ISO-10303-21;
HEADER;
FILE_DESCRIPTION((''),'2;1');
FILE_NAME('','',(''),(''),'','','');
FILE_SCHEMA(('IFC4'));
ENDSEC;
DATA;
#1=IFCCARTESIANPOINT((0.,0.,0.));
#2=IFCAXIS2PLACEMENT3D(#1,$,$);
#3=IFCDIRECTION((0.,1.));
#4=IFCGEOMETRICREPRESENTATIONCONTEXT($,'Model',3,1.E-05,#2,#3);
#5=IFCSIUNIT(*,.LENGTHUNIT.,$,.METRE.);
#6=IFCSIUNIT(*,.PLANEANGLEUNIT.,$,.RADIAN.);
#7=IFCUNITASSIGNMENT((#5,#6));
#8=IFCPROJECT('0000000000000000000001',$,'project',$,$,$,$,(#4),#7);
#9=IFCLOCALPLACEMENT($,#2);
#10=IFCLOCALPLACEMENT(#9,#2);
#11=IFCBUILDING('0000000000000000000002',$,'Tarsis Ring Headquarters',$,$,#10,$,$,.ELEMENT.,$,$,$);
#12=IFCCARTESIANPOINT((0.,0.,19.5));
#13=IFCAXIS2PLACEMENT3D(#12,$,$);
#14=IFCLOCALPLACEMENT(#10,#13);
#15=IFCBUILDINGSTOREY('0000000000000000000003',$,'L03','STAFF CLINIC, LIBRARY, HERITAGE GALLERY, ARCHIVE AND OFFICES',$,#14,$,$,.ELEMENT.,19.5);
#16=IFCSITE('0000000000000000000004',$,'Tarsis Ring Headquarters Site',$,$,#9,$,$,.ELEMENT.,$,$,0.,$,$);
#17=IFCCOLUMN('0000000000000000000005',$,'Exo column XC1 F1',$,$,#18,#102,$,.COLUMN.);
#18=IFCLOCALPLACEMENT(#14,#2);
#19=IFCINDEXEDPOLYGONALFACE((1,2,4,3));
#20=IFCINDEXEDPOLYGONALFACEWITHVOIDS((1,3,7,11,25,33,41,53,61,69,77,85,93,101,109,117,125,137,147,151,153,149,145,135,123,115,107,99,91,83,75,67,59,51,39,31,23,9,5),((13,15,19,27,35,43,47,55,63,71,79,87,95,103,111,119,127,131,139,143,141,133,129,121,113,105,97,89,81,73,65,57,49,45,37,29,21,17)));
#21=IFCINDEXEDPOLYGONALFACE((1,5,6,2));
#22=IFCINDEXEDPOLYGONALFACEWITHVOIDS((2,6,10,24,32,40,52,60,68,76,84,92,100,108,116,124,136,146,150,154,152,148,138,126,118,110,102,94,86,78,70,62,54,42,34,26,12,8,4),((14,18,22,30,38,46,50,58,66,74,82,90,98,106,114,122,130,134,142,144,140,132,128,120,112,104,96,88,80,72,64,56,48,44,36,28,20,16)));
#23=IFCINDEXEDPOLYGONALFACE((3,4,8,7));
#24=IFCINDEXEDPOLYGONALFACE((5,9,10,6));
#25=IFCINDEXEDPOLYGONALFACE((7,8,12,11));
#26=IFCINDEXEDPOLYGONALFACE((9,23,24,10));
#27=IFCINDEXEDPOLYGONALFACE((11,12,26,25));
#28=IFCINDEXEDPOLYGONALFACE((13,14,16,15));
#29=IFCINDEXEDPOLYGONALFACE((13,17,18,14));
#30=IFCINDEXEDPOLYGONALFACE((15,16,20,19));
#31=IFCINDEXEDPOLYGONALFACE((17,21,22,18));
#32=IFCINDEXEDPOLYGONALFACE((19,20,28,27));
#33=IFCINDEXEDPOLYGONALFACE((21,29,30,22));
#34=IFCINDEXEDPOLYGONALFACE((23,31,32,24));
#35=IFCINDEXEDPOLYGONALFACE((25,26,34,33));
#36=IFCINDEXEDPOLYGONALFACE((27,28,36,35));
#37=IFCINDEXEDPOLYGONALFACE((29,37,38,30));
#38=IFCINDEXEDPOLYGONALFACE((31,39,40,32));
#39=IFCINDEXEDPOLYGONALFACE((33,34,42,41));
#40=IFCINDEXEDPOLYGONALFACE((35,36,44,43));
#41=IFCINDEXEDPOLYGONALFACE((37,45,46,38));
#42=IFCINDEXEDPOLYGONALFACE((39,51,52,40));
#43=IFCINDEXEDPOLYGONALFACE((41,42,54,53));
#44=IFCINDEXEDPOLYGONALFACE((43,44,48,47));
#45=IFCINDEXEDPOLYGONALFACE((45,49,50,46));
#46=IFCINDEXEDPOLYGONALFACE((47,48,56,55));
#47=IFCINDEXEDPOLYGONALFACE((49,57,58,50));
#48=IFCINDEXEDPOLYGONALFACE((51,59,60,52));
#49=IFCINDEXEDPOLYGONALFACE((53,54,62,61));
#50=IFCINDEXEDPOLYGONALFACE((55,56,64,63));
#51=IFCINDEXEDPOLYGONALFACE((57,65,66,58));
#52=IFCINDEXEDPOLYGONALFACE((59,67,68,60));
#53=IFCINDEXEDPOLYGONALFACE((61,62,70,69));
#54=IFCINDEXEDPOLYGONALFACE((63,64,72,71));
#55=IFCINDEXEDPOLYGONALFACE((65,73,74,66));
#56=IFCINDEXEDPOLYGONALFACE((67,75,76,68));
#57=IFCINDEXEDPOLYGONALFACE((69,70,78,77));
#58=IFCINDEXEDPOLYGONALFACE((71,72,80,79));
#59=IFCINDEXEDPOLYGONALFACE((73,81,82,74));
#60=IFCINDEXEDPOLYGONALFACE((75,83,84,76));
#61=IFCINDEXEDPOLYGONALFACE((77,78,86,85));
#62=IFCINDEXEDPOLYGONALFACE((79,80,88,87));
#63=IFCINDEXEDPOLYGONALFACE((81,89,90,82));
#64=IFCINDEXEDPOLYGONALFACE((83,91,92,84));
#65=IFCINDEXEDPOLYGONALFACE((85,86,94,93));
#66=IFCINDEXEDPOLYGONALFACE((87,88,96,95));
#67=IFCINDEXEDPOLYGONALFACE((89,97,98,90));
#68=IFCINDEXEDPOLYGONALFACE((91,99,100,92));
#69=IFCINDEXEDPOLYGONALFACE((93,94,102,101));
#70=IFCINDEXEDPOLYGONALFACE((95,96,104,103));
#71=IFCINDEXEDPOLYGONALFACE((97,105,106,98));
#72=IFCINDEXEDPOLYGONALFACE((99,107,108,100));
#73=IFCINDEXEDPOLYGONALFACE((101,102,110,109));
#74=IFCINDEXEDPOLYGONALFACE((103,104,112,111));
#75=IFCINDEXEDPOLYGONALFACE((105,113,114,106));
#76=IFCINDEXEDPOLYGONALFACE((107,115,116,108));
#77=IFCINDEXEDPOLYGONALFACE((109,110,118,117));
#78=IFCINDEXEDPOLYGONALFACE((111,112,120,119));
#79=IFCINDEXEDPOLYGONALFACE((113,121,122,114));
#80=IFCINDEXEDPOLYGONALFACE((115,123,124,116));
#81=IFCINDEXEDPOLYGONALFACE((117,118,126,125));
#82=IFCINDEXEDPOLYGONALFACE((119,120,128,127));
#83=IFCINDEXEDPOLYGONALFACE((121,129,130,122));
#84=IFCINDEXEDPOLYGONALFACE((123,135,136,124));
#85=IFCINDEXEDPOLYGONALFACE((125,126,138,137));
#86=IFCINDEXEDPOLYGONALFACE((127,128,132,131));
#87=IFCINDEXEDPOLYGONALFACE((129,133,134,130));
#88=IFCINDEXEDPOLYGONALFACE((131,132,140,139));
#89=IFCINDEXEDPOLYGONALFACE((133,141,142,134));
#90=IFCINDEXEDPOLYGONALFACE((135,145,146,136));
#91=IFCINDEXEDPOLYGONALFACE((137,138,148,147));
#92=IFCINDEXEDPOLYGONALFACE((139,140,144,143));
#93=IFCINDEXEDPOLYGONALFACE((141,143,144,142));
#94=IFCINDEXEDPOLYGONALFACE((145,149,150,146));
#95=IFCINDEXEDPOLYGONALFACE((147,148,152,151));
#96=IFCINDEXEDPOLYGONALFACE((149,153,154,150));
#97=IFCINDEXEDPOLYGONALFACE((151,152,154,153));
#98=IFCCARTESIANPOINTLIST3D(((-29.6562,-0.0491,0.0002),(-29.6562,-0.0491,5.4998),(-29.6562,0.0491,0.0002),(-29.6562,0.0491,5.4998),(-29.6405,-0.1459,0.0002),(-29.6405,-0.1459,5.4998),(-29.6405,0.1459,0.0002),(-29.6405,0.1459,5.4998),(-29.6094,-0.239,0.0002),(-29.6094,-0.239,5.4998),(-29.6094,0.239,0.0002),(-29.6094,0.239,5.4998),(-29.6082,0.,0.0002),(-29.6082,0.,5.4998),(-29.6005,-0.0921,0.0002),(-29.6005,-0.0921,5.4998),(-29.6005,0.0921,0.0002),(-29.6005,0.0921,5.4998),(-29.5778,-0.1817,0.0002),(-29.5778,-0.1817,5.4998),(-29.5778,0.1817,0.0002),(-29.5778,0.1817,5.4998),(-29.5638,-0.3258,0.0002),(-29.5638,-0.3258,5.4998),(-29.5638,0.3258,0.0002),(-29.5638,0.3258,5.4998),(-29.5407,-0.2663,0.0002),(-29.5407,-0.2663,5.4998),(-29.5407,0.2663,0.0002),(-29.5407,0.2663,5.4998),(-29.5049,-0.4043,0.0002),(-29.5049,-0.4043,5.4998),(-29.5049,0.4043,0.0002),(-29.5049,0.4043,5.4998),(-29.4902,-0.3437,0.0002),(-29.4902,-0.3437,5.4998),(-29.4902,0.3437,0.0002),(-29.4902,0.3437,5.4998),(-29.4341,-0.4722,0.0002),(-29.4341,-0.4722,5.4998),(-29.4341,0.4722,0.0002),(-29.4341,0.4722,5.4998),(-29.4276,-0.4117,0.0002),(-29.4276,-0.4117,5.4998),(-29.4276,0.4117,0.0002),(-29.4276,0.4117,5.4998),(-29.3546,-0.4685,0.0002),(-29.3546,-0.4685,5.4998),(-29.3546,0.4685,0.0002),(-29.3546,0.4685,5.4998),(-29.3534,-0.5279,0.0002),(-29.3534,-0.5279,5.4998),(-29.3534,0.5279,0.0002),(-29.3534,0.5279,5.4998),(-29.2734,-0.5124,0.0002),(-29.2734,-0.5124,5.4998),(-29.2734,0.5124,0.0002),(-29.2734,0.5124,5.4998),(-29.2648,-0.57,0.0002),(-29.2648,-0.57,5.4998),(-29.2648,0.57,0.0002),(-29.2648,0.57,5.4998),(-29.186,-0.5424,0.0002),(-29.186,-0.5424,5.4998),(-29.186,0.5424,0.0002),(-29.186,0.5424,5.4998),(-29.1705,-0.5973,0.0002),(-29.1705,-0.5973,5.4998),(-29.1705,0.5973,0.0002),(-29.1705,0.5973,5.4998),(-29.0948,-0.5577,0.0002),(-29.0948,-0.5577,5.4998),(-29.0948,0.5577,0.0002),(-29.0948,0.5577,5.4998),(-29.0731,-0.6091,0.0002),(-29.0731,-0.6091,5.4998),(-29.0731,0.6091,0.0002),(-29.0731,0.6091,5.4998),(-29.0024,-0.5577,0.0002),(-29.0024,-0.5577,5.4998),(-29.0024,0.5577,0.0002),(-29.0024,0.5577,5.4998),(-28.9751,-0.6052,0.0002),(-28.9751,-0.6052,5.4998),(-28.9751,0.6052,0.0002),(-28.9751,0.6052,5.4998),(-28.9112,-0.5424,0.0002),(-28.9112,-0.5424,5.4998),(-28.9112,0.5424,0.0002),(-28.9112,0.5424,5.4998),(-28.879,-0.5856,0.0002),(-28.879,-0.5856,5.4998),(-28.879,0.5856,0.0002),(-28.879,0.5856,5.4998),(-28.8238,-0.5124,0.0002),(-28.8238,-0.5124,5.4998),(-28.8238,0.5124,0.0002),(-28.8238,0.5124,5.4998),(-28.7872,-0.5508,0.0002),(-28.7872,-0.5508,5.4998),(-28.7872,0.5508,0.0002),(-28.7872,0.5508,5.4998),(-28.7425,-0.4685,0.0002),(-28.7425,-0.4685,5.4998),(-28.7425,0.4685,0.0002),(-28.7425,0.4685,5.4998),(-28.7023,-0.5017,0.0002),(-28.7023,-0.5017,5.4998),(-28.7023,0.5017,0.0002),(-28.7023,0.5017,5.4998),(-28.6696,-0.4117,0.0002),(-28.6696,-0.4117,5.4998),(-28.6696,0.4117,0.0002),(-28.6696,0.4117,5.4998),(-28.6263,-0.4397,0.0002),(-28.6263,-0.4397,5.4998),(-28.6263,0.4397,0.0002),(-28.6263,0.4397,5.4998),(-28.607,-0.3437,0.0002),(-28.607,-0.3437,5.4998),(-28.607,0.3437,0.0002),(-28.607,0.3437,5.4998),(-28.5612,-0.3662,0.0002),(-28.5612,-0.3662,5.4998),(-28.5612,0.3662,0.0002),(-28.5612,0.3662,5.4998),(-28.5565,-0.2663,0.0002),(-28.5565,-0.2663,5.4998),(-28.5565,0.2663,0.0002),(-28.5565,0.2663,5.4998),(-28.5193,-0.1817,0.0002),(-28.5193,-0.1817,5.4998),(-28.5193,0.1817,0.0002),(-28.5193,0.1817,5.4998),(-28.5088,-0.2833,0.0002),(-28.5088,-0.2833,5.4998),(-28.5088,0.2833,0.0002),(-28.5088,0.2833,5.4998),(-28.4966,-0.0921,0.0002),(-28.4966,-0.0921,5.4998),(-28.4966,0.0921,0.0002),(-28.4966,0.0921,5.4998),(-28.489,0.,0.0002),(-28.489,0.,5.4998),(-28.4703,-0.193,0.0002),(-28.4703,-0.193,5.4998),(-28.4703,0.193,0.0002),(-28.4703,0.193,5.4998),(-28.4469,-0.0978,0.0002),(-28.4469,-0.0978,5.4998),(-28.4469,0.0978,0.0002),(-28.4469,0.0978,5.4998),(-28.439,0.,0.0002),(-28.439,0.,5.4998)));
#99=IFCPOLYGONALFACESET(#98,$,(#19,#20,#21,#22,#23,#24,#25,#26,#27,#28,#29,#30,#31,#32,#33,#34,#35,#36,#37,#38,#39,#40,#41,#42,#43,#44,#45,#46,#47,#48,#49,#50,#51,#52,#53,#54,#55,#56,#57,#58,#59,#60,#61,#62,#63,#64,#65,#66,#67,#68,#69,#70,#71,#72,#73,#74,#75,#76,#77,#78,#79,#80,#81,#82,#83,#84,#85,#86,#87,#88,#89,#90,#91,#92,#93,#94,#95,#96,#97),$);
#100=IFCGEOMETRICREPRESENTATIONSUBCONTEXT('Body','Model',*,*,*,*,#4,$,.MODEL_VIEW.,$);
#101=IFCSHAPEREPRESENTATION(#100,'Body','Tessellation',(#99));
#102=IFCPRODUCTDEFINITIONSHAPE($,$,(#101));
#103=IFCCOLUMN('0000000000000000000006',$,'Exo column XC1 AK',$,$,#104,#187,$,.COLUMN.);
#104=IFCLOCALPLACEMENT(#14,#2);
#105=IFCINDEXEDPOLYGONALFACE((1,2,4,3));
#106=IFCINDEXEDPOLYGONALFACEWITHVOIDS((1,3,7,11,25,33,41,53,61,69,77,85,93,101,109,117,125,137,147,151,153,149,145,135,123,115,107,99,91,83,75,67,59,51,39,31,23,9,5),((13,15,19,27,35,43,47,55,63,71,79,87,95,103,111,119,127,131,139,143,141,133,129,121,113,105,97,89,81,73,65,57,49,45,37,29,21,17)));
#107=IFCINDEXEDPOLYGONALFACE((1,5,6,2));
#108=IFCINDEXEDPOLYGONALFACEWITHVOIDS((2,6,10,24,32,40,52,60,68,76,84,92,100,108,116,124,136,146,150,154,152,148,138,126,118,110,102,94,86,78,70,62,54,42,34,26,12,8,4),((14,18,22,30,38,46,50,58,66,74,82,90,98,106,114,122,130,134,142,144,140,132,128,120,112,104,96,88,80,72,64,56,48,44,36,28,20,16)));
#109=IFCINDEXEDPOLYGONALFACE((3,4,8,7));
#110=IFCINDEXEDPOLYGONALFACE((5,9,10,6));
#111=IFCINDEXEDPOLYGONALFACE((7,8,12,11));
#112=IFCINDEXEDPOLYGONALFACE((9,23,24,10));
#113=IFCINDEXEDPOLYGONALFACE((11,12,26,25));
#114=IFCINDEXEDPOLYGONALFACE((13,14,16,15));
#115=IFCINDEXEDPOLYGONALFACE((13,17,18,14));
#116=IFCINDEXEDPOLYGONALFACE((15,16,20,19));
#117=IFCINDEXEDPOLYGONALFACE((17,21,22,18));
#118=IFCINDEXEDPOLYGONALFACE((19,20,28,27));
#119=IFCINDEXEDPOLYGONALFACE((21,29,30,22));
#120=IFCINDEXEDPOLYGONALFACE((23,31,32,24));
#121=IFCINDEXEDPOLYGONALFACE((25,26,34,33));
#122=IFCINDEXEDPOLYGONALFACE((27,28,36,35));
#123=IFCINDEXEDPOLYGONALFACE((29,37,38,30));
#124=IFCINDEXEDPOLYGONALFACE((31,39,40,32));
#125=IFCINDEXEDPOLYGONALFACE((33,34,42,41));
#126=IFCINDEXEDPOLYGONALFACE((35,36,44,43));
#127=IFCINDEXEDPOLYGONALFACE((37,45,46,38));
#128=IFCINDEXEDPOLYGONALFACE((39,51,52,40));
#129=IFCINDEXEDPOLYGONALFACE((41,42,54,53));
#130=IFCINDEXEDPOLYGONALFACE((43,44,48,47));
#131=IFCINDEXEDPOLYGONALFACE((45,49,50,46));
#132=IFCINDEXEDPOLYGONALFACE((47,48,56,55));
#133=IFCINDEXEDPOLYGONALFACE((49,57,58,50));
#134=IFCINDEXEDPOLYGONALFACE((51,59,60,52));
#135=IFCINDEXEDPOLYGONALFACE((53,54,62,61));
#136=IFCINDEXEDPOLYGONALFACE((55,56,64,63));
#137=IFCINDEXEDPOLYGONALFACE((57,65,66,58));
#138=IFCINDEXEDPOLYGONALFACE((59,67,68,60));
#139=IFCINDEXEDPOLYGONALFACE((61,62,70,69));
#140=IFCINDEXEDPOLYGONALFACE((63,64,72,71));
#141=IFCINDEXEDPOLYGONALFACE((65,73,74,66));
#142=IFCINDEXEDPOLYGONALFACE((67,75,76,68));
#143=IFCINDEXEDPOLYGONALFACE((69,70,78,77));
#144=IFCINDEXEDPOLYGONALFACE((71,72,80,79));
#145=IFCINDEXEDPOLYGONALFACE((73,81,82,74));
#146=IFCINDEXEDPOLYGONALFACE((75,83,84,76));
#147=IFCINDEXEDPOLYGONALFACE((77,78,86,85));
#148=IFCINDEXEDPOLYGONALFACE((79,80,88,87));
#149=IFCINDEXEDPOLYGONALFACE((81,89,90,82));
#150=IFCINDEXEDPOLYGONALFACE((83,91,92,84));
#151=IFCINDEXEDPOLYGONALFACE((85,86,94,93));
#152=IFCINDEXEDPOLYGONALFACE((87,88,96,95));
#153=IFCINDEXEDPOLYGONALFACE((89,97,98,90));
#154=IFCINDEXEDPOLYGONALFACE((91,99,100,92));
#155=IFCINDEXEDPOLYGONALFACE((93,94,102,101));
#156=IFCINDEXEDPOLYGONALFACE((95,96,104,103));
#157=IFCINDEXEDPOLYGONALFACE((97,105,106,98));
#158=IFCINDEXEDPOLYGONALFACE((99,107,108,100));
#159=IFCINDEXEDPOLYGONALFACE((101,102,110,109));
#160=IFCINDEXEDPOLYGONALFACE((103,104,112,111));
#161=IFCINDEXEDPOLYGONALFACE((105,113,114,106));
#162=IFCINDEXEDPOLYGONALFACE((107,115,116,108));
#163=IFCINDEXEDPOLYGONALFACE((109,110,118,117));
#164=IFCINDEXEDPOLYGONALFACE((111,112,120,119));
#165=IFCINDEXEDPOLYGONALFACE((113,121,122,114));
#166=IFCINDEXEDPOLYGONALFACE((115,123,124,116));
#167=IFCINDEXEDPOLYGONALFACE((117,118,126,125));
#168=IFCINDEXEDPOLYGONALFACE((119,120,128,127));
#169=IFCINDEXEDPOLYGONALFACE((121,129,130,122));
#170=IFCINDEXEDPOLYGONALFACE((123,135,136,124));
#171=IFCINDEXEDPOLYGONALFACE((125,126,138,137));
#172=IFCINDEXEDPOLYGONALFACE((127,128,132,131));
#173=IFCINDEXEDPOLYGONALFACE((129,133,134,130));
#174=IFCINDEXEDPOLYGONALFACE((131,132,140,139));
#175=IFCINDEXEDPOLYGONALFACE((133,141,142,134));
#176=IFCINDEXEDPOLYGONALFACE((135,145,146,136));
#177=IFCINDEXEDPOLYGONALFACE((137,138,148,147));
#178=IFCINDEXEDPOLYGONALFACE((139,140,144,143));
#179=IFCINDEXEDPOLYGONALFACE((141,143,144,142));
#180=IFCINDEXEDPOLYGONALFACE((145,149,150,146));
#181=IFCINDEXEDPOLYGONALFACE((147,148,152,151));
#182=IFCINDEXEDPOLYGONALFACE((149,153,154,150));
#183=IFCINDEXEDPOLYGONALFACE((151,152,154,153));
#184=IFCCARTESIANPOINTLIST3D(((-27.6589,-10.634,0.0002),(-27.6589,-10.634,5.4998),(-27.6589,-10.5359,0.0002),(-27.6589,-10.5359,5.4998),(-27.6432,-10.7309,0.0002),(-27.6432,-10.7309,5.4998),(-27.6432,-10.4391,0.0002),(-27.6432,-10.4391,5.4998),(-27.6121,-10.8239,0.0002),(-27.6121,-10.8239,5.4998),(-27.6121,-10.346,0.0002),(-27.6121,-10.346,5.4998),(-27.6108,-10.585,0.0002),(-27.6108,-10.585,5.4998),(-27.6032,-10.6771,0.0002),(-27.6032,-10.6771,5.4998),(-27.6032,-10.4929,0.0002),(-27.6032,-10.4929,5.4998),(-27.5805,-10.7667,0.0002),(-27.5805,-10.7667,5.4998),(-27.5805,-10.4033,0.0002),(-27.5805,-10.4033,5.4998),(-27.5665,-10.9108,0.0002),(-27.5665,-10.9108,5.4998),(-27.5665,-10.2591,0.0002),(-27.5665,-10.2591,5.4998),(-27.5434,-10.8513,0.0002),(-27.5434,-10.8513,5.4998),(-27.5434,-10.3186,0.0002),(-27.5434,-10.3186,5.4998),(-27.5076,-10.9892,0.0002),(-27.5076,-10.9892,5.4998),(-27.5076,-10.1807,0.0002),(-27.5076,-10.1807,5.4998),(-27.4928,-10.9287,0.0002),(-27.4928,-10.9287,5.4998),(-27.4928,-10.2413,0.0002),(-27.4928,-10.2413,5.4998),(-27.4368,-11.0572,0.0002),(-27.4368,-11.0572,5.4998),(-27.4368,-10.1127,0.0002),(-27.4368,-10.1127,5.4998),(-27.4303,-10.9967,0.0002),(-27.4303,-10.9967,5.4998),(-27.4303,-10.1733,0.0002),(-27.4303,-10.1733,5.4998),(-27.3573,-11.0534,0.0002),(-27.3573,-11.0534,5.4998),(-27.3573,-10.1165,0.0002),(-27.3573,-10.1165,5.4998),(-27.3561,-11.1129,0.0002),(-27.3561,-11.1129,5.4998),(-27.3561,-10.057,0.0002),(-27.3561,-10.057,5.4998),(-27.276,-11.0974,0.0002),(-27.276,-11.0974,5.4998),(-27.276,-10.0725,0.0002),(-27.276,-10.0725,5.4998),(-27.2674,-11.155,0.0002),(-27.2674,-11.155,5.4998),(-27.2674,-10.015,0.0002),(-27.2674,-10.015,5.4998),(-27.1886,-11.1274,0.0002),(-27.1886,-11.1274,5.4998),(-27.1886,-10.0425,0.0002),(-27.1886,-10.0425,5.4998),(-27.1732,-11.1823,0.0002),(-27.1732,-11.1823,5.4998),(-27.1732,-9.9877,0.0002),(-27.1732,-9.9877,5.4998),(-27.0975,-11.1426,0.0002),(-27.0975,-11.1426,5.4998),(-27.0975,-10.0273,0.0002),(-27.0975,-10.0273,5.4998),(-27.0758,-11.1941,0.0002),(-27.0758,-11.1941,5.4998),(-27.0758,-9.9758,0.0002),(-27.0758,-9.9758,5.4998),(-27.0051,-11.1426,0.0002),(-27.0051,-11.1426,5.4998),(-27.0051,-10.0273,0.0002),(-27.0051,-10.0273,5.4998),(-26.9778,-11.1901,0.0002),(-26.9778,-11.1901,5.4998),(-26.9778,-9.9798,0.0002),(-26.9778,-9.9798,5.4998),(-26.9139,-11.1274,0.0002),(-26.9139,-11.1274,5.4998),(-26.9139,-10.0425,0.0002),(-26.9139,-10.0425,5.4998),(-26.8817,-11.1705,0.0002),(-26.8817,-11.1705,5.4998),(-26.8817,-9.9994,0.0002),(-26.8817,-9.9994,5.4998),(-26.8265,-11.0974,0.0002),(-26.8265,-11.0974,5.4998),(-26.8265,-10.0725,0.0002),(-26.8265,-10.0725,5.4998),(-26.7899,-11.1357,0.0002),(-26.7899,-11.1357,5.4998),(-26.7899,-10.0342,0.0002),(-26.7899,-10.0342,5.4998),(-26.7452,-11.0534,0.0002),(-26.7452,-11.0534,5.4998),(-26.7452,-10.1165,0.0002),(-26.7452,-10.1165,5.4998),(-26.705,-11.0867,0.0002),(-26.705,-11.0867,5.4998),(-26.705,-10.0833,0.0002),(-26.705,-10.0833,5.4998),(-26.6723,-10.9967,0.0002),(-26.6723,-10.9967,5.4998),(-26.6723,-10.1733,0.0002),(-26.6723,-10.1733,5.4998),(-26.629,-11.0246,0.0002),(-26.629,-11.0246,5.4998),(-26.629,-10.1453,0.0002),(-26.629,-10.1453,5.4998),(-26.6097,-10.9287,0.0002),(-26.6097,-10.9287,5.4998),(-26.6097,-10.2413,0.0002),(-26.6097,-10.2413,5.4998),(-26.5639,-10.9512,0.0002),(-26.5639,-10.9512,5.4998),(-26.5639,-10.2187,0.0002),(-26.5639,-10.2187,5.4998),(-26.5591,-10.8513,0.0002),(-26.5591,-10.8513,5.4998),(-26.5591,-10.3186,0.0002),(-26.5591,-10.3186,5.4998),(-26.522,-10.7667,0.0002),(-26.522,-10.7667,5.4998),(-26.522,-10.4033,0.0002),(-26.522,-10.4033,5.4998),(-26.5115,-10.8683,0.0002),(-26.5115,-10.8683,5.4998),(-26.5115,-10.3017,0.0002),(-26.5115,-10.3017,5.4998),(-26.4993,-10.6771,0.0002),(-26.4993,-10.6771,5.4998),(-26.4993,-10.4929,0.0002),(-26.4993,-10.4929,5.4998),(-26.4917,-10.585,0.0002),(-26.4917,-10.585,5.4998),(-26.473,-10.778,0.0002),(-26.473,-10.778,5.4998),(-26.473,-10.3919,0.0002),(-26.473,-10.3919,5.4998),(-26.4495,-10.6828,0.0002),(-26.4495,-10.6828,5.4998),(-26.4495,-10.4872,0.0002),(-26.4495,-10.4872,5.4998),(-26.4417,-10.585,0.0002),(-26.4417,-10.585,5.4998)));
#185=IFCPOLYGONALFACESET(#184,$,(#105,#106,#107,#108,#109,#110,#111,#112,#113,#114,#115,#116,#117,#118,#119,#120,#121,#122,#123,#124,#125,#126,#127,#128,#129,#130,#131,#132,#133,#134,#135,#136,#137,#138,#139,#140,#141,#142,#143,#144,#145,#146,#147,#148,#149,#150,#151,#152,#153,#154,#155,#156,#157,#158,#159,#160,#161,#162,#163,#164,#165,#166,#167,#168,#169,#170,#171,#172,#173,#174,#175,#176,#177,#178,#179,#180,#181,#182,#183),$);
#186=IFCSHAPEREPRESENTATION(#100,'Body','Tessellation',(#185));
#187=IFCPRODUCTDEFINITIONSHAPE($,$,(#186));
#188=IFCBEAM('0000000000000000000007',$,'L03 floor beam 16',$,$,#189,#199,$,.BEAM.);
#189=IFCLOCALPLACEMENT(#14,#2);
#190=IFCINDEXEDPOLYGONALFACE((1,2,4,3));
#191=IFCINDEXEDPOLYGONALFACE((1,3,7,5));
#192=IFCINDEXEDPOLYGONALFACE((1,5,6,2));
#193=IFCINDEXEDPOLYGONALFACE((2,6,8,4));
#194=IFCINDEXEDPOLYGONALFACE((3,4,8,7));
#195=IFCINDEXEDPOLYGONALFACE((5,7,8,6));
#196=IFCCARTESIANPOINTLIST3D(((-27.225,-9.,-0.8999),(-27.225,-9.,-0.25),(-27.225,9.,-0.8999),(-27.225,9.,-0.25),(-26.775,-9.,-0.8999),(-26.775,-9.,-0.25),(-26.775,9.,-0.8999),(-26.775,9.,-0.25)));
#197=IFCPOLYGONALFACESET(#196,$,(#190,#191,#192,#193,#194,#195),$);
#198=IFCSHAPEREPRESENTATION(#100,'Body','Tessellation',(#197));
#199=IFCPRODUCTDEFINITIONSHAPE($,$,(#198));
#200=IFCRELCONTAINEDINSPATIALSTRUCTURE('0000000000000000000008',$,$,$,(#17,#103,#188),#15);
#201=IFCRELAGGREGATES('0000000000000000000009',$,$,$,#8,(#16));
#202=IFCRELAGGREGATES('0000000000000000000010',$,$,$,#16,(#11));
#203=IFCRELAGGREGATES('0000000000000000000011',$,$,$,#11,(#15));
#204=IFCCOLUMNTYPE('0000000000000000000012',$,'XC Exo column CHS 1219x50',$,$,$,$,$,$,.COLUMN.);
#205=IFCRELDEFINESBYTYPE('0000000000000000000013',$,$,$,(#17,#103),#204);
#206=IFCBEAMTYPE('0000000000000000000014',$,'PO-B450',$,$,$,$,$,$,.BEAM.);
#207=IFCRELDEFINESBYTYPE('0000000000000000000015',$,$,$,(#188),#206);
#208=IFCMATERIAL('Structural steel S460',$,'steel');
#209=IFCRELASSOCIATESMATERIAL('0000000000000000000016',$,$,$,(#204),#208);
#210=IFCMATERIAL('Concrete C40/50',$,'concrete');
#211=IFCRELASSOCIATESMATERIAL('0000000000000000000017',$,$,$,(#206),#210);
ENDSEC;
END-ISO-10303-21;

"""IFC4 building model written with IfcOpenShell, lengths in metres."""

from ifc_helpers import new_model, si_unit, direction, frame, origin, origin_2d, place, context, subcontext, project, spatial, rectangle, hollow_circle, extrude, material, material_profile, profile_set, type_object, element, save


model = new_model("IFC4")

# Units and contexts
model_context = context("Model", 3, precision=1e-05, world=origin(), true_north=direction((0.0, 1.0)))
body_context = subcontext(model_context, "Body", "Model", "MODEL_VIEW")
ifc_project = project(units=[si_unit("LENGTHUNIT", "METRE"), si_unit("PLANEANGLEUNIT", "RADIAN")], contexts=[model_context])

# Site, building, storey
site_placement = place(None, origin())
site = spatial("IfcSite", under=ifc_project, at=site_placement, Name="Tarsis Ring Headquarters Site", CompositionType="ELEMENT", RefElevation=0.0)
building_placement = place(site_placement, origin())
building = spatial("IfcBuilding", under=site, at=building_placement, Name="Tarsis Ring Headquarters", CompositionType="ELEMENT")
storey_placement = place(building_placement, frame((0.0, 0.0, 19.5)))
storey = spatial("IfcBuildingStorey", under=building, at=storey_placement, Name="L03", Description="STAFF CLINIC, LIBRARY, HERITAGE GALLERY, ARCHIVE AND OFFICES", CompositionType="ELEMENT", Elevation=19.5)

# Columns
ifc_material_1 = material(Name="Structural steel S460", Category="steel")
ifc_material_profile_1 = material_profile(ifc_material_1, hollow_circle(Radius=0.6096, WallThickness=0.05, at=origin_2d()), Name="CHS 1219x50")
ifc_profile_set_1 = profile_set([ifc_material_profile_1], Name="Structural steel S460")
column_type = type_object("IfcColumnType", Name="XC Exo column CHS 1219x50", PredefinedType="COLUMN", material=ifc_profile_set_1)
for number, where, z_axis, x_axis, name in (
    (1, (-29.0486, 0.0, 0.0002), (0.0, 0.0, 1.0), (1.0, 0.0, 0.0), "Exo column XC1 F1"),
    (2, (-27.0513, -10.585, 0.0002), (0.0, 0.0, 1.0), (1.0, 0.0, 0.0), "Exo column XC1 AK"),
):
    element("IfcColumn", number, at=place(storey_placement, frame(where, z_axis=z_axis, x_axis=x_axis)), inside=storey, type_object=column_type, Name=name, PredefinedType="COLUMN", context=body_context, shape_type="SweptSolid", body=[
        extrude(hollow_circle(Radius=0.6096, WallThickness=0.05, at=origin_2d()), origin(), (0.0, 0.0, 1.0), 5.4995),
    ])

# Beam
ifc_material_2 = material(Name="Concrete C40/50", Category="concrete")
ifc_material_profile_2 = material_profile(ifc_material_2, rectangle(XDim=0.45, YDim=0.6499, at=origin_2d()), Name="PO-B450")
ifc_profile_set_2 = profile_set([ifc_material_profile_2], Name="Concrete C40/50")
beam_type_1 = type_object("IfcBeamType", Name="PO-B450", PredefinedType="BEAM", material=ifc_profile_set_2)
beam_1_placement = place(storey_placement, frame((-27.0, -9.0, -0.575), z_axis=(0.0, 1.0, 0.0), x_axis=(-1.0, 0.0, 0.0)))
element("IfcBeam", 3, at=beam_1_placement, inside=storey, type_object=beam_type_1, Name="L03 floor beam 16", PredefinedType="BEAM", context=body_context, shape_type="SweptSolid", body=[
    extrude(rectangle(XDim=0.45, YDim=0.6499, at=origin_2d()), origin(), (0.0, 0.0, 1.0), 18.0),
])

save(model, "model.ifc")
